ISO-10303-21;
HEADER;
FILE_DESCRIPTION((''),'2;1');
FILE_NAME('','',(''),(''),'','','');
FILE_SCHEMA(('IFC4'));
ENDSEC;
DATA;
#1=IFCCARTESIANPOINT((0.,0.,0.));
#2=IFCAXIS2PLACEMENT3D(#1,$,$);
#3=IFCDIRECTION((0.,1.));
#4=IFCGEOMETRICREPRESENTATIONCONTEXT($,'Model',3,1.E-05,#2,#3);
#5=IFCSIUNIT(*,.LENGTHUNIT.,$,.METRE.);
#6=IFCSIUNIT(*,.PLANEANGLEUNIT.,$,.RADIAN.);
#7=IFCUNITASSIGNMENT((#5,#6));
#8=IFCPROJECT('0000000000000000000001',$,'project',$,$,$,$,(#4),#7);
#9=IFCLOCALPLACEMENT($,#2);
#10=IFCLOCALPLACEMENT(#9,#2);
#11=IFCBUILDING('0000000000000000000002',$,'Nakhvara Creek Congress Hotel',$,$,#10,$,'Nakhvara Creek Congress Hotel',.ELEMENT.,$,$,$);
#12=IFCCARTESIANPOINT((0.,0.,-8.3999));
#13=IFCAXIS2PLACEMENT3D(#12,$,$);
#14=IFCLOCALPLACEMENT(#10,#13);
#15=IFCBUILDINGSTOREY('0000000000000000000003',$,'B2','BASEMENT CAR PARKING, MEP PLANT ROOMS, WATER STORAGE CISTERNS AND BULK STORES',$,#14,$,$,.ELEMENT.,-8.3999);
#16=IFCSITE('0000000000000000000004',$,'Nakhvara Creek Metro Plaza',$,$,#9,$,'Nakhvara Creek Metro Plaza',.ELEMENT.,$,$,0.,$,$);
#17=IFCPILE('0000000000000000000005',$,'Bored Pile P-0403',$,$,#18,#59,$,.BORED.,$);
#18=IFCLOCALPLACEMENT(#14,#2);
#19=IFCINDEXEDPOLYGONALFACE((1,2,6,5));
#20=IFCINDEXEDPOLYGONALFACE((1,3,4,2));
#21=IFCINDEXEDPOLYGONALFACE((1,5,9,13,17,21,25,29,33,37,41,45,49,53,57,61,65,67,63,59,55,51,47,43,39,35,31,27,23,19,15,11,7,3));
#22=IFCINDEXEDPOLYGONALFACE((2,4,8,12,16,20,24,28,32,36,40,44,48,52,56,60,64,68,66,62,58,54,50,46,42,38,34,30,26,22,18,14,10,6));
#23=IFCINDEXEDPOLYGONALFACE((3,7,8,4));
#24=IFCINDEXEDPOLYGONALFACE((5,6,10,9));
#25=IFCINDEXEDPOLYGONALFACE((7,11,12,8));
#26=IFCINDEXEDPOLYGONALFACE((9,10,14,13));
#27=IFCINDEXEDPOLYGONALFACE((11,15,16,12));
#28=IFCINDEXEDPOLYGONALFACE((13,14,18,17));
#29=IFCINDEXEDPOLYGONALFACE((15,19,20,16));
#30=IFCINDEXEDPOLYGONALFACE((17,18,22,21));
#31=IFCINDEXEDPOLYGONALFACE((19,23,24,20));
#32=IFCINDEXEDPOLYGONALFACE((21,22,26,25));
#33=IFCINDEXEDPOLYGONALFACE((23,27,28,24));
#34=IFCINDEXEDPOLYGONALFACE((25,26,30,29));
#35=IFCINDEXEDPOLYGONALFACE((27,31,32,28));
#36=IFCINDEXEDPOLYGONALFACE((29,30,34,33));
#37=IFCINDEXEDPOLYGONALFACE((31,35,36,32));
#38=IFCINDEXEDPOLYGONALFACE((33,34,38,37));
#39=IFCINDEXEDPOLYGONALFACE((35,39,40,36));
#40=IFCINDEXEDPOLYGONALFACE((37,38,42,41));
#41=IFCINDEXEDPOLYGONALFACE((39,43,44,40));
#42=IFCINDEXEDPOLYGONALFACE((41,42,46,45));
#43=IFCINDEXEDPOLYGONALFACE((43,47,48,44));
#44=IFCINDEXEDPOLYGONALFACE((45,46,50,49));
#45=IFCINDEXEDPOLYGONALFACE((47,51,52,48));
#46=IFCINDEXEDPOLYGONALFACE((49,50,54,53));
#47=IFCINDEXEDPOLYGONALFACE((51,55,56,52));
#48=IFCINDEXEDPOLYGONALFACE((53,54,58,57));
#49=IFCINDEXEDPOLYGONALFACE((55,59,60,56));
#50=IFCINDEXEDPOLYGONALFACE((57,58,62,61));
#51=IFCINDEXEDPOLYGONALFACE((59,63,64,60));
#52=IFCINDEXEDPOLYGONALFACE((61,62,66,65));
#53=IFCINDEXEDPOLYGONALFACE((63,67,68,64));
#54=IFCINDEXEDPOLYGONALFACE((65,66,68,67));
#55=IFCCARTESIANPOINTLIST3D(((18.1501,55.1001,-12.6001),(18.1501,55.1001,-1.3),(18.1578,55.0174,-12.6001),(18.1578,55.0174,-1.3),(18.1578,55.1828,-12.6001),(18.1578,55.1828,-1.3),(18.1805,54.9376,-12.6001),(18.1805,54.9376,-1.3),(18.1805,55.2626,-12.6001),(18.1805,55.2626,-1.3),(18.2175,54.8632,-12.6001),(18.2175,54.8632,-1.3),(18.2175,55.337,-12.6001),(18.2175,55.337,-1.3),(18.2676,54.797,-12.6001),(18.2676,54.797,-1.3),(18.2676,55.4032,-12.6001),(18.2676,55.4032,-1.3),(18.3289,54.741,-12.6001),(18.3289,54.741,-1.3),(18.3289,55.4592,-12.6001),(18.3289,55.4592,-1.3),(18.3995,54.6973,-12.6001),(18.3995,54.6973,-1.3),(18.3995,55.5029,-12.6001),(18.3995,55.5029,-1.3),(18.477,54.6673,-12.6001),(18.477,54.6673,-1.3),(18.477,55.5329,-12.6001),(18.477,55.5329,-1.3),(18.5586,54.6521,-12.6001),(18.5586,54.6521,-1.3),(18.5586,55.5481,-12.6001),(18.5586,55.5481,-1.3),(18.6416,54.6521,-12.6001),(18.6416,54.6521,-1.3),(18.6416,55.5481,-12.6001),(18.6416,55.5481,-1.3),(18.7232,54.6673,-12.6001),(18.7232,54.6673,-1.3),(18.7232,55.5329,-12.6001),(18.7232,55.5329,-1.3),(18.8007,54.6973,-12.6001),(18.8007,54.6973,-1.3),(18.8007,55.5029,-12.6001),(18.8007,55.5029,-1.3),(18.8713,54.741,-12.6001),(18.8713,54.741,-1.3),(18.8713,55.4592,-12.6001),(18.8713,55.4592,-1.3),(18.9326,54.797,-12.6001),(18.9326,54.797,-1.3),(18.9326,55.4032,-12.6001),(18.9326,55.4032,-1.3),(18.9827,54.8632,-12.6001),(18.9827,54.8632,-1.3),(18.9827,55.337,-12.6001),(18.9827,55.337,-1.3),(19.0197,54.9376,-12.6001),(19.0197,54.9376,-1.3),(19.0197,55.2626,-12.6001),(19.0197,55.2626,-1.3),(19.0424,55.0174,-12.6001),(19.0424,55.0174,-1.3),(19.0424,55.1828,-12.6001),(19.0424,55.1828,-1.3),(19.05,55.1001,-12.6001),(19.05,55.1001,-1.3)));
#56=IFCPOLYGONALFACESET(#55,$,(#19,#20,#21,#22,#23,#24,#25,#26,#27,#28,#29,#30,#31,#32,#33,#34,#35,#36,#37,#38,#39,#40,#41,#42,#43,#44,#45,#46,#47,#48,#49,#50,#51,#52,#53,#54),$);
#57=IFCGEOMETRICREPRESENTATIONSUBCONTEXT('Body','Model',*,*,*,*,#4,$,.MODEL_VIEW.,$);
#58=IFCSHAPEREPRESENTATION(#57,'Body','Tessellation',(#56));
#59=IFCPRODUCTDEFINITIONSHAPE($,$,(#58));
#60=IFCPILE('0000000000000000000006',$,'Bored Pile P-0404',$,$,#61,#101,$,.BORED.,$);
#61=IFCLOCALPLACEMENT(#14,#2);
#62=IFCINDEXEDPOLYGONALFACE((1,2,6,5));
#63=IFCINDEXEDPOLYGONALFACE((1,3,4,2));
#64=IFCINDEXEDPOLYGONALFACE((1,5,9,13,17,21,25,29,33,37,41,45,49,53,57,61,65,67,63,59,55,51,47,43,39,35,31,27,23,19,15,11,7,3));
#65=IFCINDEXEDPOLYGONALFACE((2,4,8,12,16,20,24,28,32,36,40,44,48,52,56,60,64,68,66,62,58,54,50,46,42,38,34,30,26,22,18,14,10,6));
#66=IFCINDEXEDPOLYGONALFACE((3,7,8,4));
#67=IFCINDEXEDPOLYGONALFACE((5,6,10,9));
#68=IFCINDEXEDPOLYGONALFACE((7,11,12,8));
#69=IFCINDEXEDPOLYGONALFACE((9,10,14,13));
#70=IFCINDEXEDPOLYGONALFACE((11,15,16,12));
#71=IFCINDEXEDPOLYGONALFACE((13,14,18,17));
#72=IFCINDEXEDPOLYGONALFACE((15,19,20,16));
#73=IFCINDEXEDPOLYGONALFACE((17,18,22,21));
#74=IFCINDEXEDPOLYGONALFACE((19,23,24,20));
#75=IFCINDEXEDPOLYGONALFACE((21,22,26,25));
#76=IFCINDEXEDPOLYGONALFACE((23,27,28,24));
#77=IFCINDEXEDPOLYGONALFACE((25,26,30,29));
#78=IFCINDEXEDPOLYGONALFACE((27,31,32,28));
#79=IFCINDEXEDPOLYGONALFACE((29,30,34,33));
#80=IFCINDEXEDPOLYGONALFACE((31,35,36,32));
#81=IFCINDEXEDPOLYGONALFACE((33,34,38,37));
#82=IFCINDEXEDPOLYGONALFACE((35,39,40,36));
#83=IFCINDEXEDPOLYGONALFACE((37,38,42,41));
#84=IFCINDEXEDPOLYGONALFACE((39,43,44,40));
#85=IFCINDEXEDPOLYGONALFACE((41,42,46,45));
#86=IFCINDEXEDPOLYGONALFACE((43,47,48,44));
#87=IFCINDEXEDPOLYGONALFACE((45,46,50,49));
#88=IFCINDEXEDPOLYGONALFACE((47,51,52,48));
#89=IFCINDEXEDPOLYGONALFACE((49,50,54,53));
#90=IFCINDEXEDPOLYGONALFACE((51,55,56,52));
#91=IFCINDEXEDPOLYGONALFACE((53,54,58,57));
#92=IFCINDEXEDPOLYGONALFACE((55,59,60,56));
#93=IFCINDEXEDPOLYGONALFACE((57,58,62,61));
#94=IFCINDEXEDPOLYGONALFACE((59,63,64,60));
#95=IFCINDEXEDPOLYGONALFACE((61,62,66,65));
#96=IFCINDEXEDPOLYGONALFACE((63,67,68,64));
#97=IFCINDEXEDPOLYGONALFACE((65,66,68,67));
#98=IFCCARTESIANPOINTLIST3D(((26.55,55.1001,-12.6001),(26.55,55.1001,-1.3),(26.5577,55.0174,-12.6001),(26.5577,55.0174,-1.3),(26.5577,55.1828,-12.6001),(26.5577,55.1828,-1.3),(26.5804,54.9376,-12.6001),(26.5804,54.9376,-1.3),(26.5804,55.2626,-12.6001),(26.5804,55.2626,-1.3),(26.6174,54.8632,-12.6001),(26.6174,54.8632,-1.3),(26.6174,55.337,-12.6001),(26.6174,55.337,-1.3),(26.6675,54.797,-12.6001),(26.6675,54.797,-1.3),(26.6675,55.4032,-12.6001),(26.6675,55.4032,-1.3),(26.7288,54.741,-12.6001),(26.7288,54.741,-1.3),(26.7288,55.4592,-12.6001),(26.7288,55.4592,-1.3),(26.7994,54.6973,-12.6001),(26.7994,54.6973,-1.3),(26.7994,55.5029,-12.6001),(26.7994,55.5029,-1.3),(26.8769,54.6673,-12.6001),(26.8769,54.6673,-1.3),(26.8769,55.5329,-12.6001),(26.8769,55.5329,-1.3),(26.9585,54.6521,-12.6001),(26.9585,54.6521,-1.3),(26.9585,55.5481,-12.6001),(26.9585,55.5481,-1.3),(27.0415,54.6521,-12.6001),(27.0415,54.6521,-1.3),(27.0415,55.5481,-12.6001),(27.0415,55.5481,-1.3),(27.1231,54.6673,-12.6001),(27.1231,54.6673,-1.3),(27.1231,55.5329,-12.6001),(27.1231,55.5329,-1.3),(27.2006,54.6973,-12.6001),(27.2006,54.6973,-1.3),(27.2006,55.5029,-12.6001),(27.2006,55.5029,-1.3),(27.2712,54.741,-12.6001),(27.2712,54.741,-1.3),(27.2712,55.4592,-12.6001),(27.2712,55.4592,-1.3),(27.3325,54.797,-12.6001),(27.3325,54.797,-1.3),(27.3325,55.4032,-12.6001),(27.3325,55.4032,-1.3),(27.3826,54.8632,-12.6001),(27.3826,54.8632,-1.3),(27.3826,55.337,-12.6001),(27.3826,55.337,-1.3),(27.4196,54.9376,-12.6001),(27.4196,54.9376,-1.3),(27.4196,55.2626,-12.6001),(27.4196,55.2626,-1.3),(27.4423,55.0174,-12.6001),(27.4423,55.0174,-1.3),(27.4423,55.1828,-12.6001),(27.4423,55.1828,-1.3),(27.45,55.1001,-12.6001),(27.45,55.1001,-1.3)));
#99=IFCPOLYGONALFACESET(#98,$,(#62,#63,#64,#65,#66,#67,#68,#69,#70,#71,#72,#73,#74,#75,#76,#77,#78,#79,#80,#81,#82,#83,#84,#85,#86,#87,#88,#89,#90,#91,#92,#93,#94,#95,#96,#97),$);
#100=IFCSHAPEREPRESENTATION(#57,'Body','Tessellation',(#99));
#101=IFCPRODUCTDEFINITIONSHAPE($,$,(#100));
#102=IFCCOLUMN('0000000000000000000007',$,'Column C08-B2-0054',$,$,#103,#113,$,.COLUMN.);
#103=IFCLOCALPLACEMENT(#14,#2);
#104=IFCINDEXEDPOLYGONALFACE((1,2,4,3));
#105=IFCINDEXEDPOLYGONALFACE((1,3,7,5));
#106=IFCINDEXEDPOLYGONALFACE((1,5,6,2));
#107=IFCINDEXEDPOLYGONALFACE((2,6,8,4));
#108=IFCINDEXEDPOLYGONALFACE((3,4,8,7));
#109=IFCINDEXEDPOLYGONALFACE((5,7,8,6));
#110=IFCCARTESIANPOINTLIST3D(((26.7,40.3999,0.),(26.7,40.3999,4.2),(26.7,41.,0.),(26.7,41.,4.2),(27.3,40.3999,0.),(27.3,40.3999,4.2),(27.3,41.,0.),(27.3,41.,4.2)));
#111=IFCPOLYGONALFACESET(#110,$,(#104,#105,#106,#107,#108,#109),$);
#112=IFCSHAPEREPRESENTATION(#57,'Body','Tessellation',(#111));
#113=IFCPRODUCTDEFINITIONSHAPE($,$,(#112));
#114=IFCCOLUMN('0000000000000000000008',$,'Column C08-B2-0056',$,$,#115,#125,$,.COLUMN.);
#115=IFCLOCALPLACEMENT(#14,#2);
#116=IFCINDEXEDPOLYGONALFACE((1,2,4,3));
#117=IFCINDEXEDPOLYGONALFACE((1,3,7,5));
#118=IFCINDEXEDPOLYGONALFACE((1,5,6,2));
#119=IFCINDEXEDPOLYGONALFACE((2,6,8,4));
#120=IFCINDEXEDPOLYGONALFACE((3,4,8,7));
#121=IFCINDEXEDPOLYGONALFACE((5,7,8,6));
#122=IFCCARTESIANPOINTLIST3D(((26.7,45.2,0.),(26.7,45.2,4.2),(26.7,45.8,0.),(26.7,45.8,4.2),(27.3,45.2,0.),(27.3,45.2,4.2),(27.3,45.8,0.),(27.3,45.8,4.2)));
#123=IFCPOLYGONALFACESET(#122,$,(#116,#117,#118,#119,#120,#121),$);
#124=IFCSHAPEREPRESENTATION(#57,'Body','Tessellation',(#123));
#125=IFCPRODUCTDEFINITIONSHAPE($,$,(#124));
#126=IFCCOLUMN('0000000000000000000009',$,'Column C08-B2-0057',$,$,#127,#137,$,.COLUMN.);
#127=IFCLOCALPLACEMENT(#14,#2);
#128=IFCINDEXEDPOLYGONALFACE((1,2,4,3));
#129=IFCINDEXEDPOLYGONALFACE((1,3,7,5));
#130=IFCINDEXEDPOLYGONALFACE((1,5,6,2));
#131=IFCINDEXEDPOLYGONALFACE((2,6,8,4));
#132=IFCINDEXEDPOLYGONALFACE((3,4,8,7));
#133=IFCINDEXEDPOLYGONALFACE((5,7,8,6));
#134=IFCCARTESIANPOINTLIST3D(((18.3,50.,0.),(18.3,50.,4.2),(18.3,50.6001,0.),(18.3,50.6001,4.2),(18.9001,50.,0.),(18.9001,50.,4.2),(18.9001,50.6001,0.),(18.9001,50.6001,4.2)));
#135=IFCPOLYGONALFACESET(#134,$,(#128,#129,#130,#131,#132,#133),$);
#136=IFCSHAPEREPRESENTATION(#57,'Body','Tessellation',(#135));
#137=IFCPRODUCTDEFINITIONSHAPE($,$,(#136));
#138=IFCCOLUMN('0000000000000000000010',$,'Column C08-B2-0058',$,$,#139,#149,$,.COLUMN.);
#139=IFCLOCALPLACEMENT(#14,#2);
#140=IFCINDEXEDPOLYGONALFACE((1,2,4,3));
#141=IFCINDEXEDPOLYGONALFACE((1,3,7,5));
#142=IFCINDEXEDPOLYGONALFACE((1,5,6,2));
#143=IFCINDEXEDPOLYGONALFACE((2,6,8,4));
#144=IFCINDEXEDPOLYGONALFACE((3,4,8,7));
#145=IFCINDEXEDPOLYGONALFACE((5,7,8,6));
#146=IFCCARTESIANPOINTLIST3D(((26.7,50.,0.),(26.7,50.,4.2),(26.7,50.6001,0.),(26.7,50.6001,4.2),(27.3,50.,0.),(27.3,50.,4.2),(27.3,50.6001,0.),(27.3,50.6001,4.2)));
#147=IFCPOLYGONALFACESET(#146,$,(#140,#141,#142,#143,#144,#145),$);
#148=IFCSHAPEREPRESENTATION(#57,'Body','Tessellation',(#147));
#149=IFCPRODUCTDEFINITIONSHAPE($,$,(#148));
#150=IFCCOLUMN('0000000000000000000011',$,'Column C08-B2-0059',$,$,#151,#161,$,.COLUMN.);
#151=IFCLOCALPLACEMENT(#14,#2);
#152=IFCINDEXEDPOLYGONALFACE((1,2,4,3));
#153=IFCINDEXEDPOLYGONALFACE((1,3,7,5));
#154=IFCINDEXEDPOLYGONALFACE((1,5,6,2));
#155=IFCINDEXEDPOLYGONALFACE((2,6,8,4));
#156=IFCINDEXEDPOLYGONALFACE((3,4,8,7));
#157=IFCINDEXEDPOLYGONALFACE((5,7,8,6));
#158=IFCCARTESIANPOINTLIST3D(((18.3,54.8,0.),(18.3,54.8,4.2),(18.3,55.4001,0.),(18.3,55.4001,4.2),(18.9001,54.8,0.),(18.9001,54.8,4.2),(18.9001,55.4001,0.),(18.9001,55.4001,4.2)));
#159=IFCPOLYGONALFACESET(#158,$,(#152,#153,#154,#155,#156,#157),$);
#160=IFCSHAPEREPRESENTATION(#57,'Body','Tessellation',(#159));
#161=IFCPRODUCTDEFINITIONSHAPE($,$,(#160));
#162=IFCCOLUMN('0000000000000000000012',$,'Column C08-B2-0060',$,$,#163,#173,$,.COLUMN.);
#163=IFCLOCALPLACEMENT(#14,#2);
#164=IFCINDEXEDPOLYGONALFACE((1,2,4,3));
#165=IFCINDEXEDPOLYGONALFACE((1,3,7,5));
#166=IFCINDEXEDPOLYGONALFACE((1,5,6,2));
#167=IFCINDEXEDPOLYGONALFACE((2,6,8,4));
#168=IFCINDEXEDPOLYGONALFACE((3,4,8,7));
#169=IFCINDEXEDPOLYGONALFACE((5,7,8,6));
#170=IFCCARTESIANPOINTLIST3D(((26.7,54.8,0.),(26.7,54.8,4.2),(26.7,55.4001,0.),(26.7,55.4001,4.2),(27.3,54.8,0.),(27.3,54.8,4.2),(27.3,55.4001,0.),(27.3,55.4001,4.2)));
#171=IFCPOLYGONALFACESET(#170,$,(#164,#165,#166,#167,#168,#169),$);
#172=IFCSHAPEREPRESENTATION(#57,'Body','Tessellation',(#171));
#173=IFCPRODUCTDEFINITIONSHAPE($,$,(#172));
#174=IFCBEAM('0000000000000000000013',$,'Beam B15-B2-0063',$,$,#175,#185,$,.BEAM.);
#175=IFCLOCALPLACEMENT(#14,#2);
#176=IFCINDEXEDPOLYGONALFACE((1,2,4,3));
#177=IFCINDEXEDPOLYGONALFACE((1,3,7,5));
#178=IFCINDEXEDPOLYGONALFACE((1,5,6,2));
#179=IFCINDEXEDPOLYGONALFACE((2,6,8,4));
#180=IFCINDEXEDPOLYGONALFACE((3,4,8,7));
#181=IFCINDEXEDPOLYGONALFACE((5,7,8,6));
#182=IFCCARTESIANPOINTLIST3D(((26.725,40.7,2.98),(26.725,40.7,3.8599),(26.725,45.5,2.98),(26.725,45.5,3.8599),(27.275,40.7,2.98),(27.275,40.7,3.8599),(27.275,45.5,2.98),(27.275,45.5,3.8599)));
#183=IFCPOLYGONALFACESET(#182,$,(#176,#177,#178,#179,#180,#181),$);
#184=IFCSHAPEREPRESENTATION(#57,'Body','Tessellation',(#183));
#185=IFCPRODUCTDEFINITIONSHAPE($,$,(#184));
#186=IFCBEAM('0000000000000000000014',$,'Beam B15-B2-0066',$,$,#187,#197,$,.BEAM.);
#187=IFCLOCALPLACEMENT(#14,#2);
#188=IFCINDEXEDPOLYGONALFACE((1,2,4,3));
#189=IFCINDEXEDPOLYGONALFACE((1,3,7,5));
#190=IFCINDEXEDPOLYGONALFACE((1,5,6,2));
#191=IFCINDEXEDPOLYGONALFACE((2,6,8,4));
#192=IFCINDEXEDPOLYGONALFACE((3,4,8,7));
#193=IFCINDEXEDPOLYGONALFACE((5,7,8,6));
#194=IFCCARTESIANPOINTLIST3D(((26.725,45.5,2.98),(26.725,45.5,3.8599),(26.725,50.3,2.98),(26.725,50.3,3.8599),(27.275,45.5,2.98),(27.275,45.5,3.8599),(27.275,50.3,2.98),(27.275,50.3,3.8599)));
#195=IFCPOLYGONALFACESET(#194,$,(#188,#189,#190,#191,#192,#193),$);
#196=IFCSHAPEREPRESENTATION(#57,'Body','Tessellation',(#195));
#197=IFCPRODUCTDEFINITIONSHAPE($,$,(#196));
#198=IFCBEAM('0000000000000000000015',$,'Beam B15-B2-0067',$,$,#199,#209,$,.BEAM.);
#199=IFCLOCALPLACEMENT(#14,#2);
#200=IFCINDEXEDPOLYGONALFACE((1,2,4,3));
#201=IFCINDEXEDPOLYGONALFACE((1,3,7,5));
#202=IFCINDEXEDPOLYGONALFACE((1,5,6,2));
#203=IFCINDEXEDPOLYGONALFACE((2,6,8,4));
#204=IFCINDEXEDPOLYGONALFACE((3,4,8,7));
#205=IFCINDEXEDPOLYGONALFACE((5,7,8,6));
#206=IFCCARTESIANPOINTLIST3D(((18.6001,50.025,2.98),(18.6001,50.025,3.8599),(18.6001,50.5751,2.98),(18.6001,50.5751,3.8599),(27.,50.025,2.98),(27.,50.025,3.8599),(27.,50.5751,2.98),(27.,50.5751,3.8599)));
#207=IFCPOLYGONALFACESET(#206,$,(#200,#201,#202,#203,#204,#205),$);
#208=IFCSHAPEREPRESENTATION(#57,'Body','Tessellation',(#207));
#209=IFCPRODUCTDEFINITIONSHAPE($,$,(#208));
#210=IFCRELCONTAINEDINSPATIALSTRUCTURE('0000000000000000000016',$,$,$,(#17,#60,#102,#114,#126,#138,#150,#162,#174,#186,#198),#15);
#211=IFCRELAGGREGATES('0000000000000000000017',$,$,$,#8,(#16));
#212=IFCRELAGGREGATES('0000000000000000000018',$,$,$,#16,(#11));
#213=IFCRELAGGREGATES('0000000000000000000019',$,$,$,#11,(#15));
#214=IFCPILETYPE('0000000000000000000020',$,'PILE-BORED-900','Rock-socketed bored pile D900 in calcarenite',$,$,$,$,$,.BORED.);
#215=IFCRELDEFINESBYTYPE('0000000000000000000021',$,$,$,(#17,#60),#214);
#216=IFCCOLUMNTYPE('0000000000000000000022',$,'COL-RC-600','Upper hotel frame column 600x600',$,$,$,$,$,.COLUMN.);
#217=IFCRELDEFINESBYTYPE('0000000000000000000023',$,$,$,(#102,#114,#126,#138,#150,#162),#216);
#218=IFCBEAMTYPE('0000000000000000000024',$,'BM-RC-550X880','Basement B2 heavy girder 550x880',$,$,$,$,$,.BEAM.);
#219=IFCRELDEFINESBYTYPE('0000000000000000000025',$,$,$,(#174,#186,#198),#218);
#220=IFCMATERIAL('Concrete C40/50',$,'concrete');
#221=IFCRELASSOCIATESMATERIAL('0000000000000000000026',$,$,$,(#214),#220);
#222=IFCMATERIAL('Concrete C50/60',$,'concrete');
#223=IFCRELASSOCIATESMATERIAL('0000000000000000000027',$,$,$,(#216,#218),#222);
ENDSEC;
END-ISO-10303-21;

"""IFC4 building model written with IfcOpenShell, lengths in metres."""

from ifc_helpers import new_model, si_unit, direction, frame, origin, origin_2d, place, context, subcontext, project, spatial, rectangle, circle, extrude, material, material_profile, profile_set, type_object, element, save


model = new_model("IFC4")

# Units and contexts
model_context = context("Model", 3, precision=1e-05, world=origin(), true_north=direction((0.0, 1.0)))
body_context = subcontext(model_context, "Body", "Model", "MODEL_VIEW")
ifc_project = project(units=[si_unit("LENGTHUNIT", "METRE"), si_unit("PLANEANGLEUNIT", "RADIAN")], contexts=[model_context])

# Site, building, storey
site_placement = place(None, origin())
site = spatial("IfcSite", under=ifc_project, at=site_placement, Name="Nakhvara Creek Metro Plaza", LongName="Nakhvara Creek Metro Plaza", CompositionType="ELEMENT", RefElevation=0.0)
building_placement = place(site_placement, origin())
building = spatial("IfcBuilding", under=site, at=building_placement, Name="Nakhvara Creek Congress Hotel", LongName="Nakhvara Creek Congress Hotel", CompositionType="ELEMENT")
storey_placement = place(building_placement, frame((0.0, 0.0, -8.3999)))
storey = spatial("IfcBuildingStorey", under=building, at=storey_placement, Name="B2", Description="BASEMENT CAR PARKING, MEP PLANT ROOMS, WATER STORAGE CISTERNS AND BULK STORES", CompositionType="ELEMENT", Elevation=-8.3999)

# Shared definitions
ifc_material_1 = material(Name="Concrete C40/50", Category="concrete")

# Piles
ifc_material_profile_1 = material_profile(ifc_material_1, circle(Radius=0.45, at=origin_2d()), Name="BORED PILE D900", Category="LoadBearing")
ifc_profile_set_1 = profile_set([ifc_material_profile_1], Name="Concrete C40/50")
pile_type = type_object("IfcPileType", Name="PILE-BORED-900", Description="Rock-socketed bored pile D900 in calcarenite", PredefinedType="BORED", material=ifc_profile_set_1)
for number, where, z_axis, x_axis, name in (
    (1, (18.6001, 55.1001, -1.3), (0.0, 0.0, -1.0), (1.0, 0.0, 0.0), "Bored Pile P-0403"),
    (2, (27.0, 55.1001, -1.3), (0.0, 0.0, -1.0), (1.0, 0.0, 0.0), "Bored Pile P-0404"),
):
    element("IfcPile", number, at=place(storey_placement, frame(where, z_axis=z_axis, x_axis=x_axis)), inside=storey, type_object=pile_type, Name=name, PredefinedType="BORED", context=body_context, shape_type="SweptSolid", body=[
        extrude(circle(Radius=0.45, at=origin_2d()), origin(), (0.0, 0.0, 1.0), 11.3),
    ])

# Columns
ifc_material_2 = material(Name="Concrete C50/60", Category="concrete")
ifc_material_profile_2 = material_profile(ifc_material_2, rectangle(XDim=0.6001, YDim=0.6001, at=origin_2d()), Name="RC-COL 600x600", Category="LoadBearing")
ifc_profile_set_2 = profile_set([ifc_material_profile_2], Name="Concrete C50/60")
column_type = type_object("IfcColumnType", Name="COL-RC-600", Description="Upper hotel frame column 600x600", PredefinedType="COLUMN", material=ifc_profile_set_2)
for number, where, z_axis, x_axis, name in (
    (3, (27.0, 40.7, 0.0), (0.0, 0.0, 1.0), (1.0, 0.0, 0.0), "Column C08-B2-0054"),
    (4, (27.0, 45.5, 0.0), (0.0, 0.0, 1.0), (1.0, 0.0, 0.0), "Column C08-B2-0056"),
    (5, (18.6001, 50.3, 0.0), (0.0, 0.0, 1.0), (1.0, 0.0, 0.0), "Column C08-B2-0057"),
    (6, (27.0, 50.3, 0.0), (0.0, 0.0, 1.0), (1.0, 0.0, 0.0), "Column C08-B2-0058"),
    (7, (18.6001, 55.1001, 0.0), (0.0, 0.0, 1.0), (1.0, 0.0, 0.0), "Column C08-B2-0059"),
    (8, (27.0, 55.1001, 0.0), (0.0, 0.0, 1.0), (1.0, 0.0, 0.0), "Column C08-B2-0060"),
):
    element("IfcColumn", number, at=place(storey_placement, frame(where, z_axis=z_axis, x_axis=x_axis)), inside=storey, type_object=column_type, Name=name, PredefinedType="COLUMN", context=body_context, shape_type="SweptSolid", body=[
        extrude(rectangle(XDim=0.6001, YDim=0.6001, at=origin_2d()), origin(), (0.0, 0.0, 1.0), 4.2),
    ])

# Beams
ifc_material_profile_3 = material_profile(ifc_material_2, rectangle(XDim=0.55, YDim=0.8799, at=origin_2d()), Name="RC-BM 550x880", Category="LoadBearing")
ifc_profile_set_3 = profile_set([ifc_material_profile_3], Name="Concrete C50/60")
beam_type = type_object("IfcBeamType", Name="BM-RC-550X880", Description="Basement B2 heavy girder 550x880", PredefinedType="BEAM", material=ifc_profile_set_3)
for number, where, z_axis, x_axis, name in (
    (9, (27.0, 40.7, 3.4199), (0.0, 1.0, 0.0), (-1.0, 0.0, 0.0), "Beam B15-B2-0063"),
    (10, (27.0, 45.5, 3.4199), (0.0, 1.0, 0.0), (-1.0, 0.0, 0.0), "Beam B15-B2-0066"),
):
    element("IfcBeam", number, at=place(storey_placement, frame(where, z_axis=z_axis, x_axis=x_axis)), inside=storey, type_object=beam_type, Name=name, PredefinedType="BEAM", context=body_context, shape_type="SweptSolid", body=[
        extrude(rectangle(XDim=0.55, YDim=0.8799, at=origin_2d()), origin(), (0.0, 0.0, 1.0), 4.8),
    ])
beam_1_placement = place(storey_placement, frame((18.6001, 50.3, 3.4199), z_axis=(1.0, 0.0, 0.0), x_axis=(0.0, 1.0, 0.0)))
element("IfcBeam", 11, at=beam_1_placement, inside=storey, type_object=beam_type, Name="Beam B15-B2-0067", PredefinedType="BEAM", context=body_context, shape_type="SweptSolid", body=[
    extrude(rectangle(XDim=0.55, YDim=0.8799, at=origin_2d()), origin(), (0.0, 0.0, 1.0), 8.3999),
])

save(model, "model.ifc")
